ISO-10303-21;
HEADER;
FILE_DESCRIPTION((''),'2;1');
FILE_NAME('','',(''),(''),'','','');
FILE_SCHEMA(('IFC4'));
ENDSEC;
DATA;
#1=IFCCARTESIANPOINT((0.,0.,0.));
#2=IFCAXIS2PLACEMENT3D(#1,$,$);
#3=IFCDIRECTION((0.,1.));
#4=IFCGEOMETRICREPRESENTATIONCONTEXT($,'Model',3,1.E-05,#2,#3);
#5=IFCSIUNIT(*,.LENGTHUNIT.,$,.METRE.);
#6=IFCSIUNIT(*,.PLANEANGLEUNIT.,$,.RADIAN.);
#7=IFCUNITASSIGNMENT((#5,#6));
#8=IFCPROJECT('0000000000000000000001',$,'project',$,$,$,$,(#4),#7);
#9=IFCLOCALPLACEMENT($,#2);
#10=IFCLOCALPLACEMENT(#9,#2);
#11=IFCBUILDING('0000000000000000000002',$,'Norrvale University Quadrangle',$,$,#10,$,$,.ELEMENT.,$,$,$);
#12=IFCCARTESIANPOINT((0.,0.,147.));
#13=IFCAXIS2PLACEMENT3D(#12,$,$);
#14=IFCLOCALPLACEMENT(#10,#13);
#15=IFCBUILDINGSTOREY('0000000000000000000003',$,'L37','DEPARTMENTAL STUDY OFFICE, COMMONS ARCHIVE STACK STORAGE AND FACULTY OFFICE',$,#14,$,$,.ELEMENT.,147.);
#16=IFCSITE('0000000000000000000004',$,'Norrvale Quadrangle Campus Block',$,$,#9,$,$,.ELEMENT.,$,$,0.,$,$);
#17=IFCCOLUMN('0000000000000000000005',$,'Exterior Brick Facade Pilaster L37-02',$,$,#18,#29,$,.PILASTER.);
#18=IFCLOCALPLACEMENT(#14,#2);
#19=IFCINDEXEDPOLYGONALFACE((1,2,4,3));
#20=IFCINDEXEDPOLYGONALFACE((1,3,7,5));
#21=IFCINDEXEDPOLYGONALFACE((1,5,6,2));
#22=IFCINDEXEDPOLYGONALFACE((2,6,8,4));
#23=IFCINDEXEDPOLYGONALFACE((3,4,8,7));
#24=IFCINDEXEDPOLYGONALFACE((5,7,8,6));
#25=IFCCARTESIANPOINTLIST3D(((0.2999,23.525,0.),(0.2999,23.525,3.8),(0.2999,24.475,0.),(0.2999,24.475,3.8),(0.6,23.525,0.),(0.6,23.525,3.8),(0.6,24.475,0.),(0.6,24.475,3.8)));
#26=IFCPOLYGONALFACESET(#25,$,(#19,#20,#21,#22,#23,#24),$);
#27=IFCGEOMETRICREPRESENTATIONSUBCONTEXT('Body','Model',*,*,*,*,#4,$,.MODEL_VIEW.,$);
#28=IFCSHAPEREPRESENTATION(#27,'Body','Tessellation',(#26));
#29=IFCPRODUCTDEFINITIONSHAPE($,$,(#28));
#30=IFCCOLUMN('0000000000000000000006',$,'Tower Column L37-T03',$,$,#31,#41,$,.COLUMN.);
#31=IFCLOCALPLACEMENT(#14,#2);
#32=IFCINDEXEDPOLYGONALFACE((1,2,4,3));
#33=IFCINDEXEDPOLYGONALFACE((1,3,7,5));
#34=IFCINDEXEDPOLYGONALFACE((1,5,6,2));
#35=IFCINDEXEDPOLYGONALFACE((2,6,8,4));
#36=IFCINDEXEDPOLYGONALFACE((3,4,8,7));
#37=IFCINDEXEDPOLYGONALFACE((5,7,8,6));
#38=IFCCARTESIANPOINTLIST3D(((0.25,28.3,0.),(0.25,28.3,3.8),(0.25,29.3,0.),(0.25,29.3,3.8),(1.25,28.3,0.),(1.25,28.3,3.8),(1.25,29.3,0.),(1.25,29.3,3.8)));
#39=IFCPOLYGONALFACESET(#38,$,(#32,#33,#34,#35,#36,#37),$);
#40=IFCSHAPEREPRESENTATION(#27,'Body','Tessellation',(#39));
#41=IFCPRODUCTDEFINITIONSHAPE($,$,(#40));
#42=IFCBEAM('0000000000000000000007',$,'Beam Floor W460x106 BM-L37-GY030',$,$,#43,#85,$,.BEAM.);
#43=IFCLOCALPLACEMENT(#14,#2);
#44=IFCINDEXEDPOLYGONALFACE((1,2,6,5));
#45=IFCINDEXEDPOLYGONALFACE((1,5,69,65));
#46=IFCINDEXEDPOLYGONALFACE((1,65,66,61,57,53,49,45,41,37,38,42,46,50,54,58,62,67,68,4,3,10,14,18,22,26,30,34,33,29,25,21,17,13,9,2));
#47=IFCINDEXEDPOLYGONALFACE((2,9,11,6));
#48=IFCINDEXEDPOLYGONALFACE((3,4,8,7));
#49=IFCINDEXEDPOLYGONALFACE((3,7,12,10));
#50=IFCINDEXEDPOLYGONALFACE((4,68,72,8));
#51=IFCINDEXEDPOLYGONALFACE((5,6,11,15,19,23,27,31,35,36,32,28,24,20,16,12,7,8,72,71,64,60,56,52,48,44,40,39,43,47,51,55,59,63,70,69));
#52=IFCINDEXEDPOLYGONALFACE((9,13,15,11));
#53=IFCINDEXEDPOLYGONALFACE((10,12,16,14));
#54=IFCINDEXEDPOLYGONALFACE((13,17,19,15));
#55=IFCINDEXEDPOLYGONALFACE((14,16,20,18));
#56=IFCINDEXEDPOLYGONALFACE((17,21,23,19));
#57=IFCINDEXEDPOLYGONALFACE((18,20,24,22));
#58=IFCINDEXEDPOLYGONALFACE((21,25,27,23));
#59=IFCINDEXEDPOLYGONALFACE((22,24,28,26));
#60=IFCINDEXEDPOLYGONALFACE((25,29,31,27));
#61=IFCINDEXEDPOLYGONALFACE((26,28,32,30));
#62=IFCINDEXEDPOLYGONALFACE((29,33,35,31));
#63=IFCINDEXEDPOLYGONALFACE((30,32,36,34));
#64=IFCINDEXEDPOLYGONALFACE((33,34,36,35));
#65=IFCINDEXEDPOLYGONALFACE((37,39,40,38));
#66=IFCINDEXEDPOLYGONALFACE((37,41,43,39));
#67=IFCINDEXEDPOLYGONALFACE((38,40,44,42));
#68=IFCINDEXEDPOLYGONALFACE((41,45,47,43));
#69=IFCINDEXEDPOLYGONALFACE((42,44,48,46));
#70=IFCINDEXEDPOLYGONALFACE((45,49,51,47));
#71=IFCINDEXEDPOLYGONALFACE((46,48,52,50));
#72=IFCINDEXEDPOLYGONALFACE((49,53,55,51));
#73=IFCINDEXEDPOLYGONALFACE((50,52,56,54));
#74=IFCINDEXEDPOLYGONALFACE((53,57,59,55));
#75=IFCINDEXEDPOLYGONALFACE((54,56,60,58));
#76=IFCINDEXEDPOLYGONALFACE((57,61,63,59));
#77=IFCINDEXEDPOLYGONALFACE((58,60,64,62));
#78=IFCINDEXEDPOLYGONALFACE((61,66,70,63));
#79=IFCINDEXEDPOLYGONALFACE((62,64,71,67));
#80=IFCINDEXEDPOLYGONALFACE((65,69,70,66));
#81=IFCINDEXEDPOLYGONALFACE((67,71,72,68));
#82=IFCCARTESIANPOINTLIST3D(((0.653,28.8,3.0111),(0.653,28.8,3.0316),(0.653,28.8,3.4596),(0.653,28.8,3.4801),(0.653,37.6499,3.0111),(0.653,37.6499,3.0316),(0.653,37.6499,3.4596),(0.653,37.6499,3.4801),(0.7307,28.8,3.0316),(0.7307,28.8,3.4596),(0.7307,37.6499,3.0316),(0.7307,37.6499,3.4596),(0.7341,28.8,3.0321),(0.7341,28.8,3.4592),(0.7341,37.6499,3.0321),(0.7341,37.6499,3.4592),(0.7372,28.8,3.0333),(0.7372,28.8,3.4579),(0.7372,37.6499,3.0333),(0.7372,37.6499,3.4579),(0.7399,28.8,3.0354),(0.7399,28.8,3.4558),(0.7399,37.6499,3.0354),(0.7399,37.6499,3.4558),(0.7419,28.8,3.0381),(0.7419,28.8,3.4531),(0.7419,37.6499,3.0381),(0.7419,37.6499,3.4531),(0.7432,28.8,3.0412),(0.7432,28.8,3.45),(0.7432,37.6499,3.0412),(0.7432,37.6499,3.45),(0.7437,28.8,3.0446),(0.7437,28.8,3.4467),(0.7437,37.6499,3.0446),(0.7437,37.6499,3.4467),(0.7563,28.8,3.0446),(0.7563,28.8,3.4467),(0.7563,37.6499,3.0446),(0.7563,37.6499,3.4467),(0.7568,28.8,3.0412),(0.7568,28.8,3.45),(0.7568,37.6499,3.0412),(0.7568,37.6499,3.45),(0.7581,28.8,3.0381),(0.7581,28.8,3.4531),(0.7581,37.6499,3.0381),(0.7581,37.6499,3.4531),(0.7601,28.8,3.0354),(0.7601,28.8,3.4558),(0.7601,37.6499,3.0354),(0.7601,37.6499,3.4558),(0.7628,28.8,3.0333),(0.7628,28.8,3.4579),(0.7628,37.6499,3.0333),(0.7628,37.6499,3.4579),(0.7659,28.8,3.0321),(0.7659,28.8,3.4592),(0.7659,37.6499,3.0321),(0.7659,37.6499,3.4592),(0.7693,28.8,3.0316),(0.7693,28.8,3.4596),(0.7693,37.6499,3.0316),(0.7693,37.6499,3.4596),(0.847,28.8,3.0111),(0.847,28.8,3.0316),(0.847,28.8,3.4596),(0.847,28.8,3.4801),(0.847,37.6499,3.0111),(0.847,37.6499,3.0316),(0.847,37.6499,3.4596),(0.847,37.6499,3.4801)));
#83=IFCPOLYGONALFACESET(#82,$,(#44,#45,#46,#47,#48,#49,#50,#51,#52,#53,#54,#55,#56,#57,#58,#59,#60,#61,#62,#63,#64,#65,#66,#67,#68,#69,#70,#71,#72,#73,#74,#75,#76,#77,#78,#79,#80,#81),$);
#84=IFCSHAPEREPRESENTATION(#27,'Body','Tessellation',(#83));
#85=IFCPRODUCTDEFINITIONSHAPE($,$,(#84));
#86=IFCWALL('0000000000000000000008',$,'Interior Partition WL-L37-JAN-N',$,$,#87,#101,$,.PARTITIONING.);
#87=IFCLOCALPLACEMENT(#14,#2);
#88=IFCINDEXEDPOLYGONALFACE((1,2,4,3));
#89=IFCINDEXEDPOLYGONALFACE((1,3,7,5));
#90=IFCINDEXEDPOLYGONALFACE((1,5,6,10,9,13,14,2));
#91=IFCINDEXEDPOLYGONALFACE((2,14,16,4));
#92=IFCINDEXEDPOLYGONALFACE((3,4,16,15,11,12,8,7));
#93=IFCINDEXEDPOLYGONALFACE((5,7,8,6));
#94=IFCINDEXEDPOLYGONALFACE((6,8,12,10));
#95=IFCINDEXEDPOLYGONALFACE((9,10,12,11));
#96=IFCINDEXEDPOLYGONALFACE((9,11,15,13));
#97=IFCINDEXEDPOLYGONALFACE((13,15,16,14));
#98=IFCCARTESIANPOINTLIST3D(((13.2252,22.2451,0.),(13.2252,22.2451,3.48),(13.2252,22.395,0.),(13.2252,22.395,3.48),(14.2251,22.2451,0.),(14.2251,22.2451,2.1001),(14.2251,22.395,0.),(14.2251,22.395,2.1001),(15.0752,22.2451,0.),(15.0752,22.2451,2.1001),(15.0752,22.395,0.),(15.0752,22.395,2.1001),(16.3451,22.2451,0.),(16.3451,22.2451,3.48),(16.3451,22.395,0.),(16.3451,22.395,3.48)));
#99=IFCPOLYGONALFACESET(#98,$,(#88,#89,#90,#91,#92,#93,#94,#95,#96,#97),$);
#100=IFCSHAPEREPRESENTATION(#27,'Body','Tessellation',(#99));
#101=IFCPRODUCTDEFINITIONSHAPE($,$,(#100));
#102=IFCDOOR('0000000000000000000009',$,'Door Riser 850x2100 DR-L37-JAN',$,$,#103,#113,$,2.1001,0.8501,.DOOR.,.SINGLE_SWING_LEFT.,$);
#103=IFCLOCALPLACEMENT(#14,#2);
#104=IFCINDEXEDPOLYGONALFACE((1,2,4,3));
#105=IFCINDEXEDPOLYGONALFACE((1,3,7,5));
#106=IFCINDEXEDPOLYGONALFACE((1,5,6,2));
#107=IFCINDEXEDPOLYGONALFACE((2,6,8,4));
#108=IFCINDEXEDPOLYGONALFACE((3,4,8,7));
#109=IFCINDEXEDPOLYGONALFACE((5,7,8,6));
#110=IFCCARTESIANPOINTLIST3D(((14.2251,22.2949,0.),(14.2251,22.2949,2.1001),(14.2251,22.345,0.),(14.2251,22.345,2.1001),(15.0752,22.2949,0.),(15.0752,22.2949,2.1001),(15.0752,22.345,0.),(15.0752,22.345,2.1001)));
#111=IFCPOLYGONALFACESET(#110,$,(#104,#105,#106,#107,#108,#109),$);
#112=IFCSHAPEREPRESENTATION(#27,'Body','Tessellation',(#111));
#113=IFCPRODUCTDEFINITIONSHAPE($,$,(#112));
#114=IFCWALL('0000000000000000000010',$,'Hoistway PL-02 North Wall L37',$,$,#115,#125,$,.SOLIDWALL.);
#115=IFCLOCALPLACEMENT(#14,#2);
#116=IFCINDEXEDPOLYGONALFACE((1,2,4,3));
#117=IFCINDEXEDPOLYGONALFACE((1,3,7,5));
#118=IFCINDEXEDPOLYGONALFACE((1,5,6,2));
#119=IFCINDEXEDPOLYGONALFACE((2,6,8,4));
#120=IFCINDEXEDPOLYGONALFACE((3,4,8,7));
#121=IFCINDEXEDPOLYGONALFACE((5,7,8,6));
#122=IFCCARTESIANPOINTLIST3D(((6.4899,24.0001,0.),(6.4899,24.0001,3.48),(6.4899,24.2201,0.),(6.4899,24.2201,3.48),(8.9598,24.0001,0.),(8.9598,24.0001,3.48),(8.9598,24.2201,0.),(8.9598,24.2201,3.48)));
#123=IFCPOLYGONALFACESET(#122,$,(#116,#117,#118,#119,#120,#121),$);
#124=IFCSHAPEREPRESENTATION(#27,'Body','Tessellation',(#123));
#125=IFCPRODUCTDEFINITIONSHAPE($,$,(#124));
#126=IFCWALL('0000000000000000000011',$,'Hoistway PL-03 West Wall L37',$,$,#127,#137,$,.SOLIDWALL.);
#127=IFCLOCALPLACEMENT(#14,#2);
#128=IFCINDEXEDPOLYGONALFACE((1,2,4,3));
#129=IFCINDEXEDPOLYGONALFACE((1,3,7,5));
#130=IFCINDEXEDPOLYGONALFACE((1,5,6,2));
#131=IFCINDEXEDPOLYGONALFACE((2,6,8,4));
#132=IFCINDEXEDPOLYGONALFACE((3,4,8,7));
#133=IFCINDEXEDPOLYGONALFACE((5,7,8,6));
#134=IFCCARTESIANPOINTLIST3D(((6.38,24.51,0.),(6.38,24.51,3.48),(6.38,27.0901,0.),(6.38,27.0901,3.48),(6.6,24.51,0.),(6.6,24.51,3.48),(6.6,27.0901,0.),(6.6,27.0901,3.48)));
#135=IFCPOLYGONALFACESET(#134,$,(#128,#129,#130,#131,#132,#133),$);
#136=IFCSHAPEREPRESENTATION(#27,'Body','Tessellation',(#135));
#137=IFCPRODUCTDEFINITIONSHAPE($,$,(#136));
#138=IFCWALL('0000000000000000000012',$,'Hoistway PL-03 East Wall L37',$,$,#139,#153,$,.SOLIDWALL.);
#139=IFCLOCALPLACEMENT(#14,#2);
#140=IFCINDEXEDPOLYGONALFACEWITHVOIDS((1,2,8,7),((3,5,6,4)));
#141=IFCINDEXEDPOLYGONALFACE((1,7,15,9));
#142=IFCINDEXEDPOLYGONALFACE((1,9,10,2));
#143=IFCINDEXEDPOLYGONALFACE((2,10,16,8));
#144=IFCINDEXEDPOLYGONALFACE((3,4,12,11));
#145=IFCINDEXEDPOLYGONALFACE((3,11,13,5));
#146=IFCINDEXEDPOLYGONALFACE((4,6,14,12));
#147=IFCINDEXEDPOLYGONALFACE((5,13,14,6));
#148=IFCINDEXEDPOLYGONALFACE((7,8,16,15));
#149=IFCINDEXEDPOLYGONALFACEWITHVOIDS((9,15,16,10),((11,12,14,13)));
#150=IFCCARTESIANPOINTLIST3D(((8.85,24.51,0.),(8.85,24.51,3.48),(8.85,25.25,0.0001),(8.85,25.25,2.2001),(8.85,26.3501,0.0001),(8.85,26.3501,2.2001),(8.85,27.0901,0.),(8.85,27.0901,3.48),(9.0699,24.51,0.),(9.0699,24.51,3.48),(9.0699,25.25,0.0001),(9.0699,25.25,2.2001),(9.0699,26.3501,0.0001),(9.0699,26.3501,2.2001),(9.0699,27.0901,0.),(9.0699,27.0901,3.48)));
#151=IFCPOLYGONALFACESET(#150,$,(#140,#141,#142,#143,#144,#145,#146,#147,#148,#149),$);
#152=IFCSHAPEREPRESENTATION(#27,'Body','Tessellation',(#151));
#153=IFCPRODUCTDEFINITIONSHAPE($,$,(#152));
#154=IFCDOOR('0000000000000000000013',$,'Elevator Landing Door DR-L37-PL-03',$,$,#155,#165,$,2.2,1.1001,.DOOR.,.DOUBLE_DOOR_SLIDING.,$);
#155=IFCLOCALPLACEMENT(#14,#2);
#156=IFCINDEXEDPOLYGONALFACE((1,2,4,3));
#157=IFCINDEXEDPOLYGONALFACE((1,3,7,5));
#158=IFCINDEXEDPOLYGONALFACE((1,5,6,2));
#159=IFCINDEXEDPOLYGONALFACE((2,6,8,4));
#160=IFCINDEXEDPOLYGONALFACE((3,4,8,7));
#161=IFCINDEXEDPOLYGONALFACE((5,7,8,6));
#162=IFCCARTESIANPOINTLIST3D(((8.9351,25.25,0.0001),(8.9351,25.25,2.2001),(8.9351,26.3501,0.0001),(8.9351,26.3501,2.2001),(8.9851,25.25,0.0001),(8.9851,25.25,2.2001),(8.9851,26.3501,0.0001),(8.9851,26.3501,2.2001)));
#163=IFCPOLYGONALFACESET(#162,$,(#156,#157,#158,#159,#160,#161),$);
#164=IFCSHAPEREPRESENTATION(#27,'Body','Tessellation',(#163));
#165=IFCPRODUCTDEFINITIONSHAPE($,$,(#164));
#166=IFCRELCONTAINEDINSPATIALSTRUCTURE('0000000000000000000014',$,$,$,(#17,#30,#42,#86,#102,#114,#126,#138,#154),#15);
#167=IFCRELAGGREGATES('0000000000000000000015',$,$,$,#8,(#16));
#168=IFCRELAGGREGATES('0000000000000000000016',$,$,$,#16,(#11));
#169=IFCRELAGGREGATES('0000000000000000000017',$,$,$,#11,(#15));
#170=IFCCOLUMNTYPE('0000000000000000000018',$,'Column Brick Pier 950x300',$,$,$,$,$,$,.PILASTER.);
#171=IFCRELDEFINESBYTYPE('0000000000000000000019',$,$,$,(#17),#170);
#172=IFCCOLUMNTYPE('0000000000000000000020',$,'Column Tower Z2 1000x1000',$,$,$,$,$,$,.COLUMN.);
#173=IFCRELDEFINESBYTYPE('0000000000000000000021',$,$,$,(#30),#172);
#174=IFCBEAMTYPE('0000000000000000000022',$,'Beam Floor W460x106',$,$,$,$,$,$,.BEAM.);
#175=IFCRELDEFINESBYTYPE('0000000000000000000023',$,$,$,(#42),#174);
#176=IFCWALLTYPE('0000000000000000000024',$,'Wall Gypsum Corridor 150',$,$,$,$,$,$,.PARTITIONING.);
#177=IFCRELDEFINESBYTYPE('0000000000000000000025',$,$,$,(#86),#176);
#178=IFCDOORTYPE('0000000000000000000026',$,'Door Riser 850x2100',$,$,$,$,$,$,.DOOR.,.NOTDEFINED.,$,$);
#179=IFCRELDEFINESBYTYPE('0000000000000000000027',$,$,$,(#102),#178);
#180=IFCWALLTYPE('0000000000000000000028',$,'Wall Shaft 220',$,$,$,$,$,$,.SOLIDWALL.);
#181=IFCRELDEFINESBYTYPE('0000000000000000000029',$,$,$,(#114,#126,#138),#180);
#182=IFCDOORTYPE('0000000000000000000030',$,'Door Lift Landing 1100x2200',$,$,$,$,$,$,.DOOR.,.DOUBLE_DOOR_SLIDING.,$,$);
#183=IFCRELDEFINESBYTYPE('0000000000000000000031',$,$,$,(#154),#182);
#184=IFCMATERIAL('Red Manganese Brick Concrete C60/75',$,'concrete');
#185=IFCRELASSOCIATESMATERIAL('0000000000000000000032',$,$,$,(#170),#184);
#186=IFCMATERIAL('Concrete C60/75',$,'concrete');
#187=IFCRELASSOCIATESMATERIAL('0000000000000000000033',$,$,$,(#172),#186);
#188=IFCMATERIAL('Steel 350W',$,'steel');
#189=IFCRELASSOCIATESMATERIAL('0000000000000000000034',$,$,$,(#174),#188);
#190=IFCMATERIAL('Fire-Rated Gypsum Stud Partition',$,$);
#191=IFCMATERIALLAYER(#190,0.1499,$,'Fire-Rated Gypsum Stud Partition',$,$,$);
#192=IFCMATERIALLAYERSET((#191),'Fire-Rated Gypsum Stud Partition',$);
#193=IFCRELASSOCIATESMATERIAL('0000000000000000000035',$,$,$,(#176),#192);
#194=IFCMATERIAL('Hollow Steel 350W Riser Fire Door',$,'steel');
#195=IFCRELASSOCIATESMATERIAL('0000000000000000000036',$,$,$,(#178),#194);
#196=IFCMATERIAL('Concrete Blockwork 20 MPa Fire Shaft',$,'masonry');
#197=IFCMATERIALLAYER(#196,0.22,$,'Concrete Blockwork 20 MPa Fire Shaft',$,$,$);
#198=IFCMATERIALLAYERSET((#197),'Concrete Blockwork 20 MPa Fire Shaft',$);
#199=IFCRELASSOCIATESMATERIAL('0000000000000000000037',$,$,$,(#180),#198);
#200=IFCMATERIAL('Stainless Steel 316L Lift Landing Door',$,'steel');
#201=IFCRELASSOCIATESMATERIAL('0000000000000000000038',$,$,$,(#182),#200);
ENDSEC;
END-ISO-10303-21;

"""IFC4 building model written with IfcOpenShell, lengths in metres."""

from ifc_helpers import new_model, si_unit, direction, frame, frame_2d, origin, origin_2d, place, context, subcontext, project, spatial, rectangle, i_section, extrude, material, layer, layer_set, material_profile, profile_set, type_object, element, fill, save


model = new_model("IFC4")

# Units and contexts
model_context = context("Model", 3, precision=1e-05, world=origin(), true_north=direction((0.0, 1.0)))
body_context = subcontext(model_context, "Body", "Model", "MODEL_VIEW")
ifc_project = project(units=[si_unit("LENGTHUNIT", "METRE"), si_unit("PLANEANGLEUNIT", "RADIAN")], contexts=[model_context])

# Site, building, storey
site_placement = place(None, origin())
site = spatial("IfcSite", under=ifc_project, at=site_placement, Name="Norrvale Quadrangle Campus Block", CompositionType="ELEMENT", RefElevation=0.0)
building_placement = place(site_placement, origin())
building = spatial("IfcBuilding", under=site, at=building_placement, Name="Norrvale University Quadrangle", CompositionType="ELEMENT")
storey_placement = place(building_placement, frame((0.0, 0.0, 147.0)))
storey = spatial("IfcBuildingStorey", under=building, at=storey_placement, Name="L37", Description="DEPARTMENTAL STUDY OFFICE, COMMONS ARCHIVE STACK STORAGE AND FACULTY OFFICE", CompositionType="ELEMENT", Elevation=147.0)

# Columns
ifc_material_1 = material(Name="Red Manganese Brick Concrete C60/75", Category="concrete")
ifc_material_profile_1 = material_profile(ifc_material_1, rectangle(XDim=0.95, YDim=0.3, at=origin_2d()), Name="Red Manganese Brick Concrete C60/75")
ifc_profile_set_1 = profile_set([ifc_material_profile_1], Name="Red Manganese Brick Concrete C60/75")
column_type_1 = type_object("IfcColumnType", Name="Column Brick Pier 950x300", PredefinedType="PILASTER", material=ifc_profile_set_1)
column_1_placement = place(storey_placement, frame((0.45, 24.0, 0.0), z_axis=(0.0, 0.0, 1.0), x_axis=(0.0, 1.0, 0.0)))
element("IfcColumn", 1, at=column_1_placement, inside=storey, type_object=column_type_1, Name="Exterior Brick Facade Pilaster L37-02", PredefinedType="PILASTER", context=body_context, shape_type="SweptSolid", body=[
    extrude(rectangle(XDim=0.95, YDim=0.3, at=origin_2d()), origin(), (0.0, 0.0, 1.0), 3.8),
])
ifc_material_2 = material(Name="Concrete C60/75", Category="concrete")
ifc_material_profile_2 = material_profile(ifc_material_2, rectangle(XDim=1.0, YDim=1.0, at=origin_2d()), Name="Concrete C60/75")
ifc_profile_set_2 = profile_set([ifc_material_profile_2], Name="Concrete C60/75")
column_type_2 = type_object("IfcColumnType", Name="Column Tower Z2 1000x1000", PredefinedType="COLUMN", material=ifc_profile_set_2)
column_2_placement = place(storey_placement, frame((0.75, 28.8, 0.0), z_axis=(0.0, 0.0, 1.0), x_axis=(1.0, 0.0, 0.0)))
element("IfcColumn", 2, at=column_2_placement, inside=storey, type_object=column_type_2, Name="Tower Column L37-T03", PredefinedType="COLUMN", context=body_context, shape_type="SweptSolid", body=[
    extrude(rectangle(XDim=1.0, YDim=1.0, at=origin_2d()), origin(), (0.0, 0.0, 1.0), 3.8),
])

# Beam
ifc_material_3 = material(Name="Steel 350W", Category="steel")
ifc_material_profile_3 = material_profile(ifc_material_3, i_section(OverallWidth=0.1941, OverallDepth=0.469, WebThickness=0.0127, FlangeThickness=0.0205, FilletRadius=0.0129, at=origin_2d()), Name="Steel 350W")
ifc_profile_set_3 = profile_set([ifc_material_profile_3], Name="Steel 350W")
beam_type = type_object("IfcBeamType", Name="Beam Floor W460x106", PredefinedType="BEAM", material=ifc_profile_set_3)
beam_placement = place(storey_placement, frame((0.75, 28.8, 3.2456), z_axis=(0.0, 1.0, 0.0), x_axis=(-1.0, 0.0, 0.0)))
element("IfcBeam", 3, at=beam_placement, inside=storey, type_object=beam_type, Name="Beam Floor W460x106 BM-L37-GY030", PredefinedType="BEAM", context=body_context, shape_type="SweptSolid", body=[
    extrude(i_section(OverallWidth=0.1941, OverallDepth=0.469, WebThickness=0.0127, FlangeThickness=0.0205, FilletRadius=0.0129, at=origin_2d()), origin(), (0.0, 0.0, 1.0), 8.8499),
])

# Wall, opening, door
ifc_material_4 = material(Name="Fire-Rated Gypsum Stud Partition")
ifc_layer_1 = layer(ifc_material_4, 0.1499, Name="Fire-Rated Gypsum Stud Partition")
ifc_layer_set_1 = layer_set([ifc_layer_1], Name="Fire-Rated Gypsum Stud Partition")
wall_type_1 = type_object("IfcWallType", Name="Wall Gypsum Corridor 150", PredefinedType="PARTITIONING", material=ifc_layer_set_1)
wall_1_placement = place(storey_placement, frame((13.2251, 22.3201, 0.0), z_axis=(0.0, 0.0, 1.0), x_axis=(1.0, 0.0, 0.0)))
wall_1 = element("IfcWall", 4, at=wall_1_placement, inside=storey, type_object=wall_type_1, Name="Interior Partition WL-L37-JAN-N", PredefinedType="PARTITIONING", context=body_context, shape_type="SweptSolid", body=[
    extrude(rectangle(XDim=3.1199, YDim=0.1499, at=frame_2d((1.5601, 0.0))), origin(), (0.0, 0.0, 1.0), 3.48),
])
opening_1_placement = place(wall_1_placement, frame((1.0, 0.0, 0.0)))
opening_1 = element("IfcOpeningElement", 5, at=opening_1_placement, cuts=wall_1, PredefinedType="OPENING", context=body_context, shape_type="SweptSolid", body=[
    extrude(rectangle(XDim=0.8501, YDim=2.1001, at=frame_2d((0.425, 1.05))), frame((0.0, 0.0869, 0.0), z_axis=(0.0, -1.0, 0.0), x_axis=(1.0, 0.0, 0.0)), (0.0, 0.0, 1.0), 0.1738),
])
ifc_material_5 = material(Name="Hollow Steel 350W Riser Fire Door", Category="steel")
door_type_1 = type_object("IfcDoorType", Name="Door Riser 850x2100", OperationType="NOTDEFINED", PredefinedType="DOOR", material=ifc_material_5)
door_1_placement = place(opening_1_placement, origin())
door_1 = element("IfcDoor", 6, at=door_1_placement, inside=storey, type_object=door_type_1, Name="Door Riser 850x2100 DR-L37-JAN", OperationType="SINGLE_SWING_LEFT", OverallHeight=2.1001, OverallWidth=0.8501, PredefinedType="DOOR", context=body_context, shape_type="SweptSolid", body=[
    extrude(rectangle(XDim=0.8501, YDim=2.1001, at=frame_2d((0.425, 1.05))), frame((0.0, 0.0249, 0.0), z_axis=(0.0, -1.0, 0.0), x_axis=(1.0, 0.0, 0.0)), (0.0, 0.0, 1.0), 0.05),
])
fill(opening_1, door_1)

# Walls
ifc_material_6 = material(Name="Concrete Blockwork 20 MPa Fire Shaft", Category="masonry")
ifc_layer_2 = layer(ifc_material_6, 0.22, Name="Concrete Blockwork 20 MPa Fire Shaft")
ifc_layer_set_2 = layer_set([ifc_layer_2], Name="Concrete Blockwork 20 MPa Fire Shaft")
wall_type_2 = type_object("IfcWallType", Name="Wall Shaft 220", PredefinedType="SOLIDWALL", material=ifc_layer_set_2)
wall_2_placement = place(storey_placement, frame((6.49, 24.1101, 0.0), z_axis=(0.0, 0.0, 1.0), x_axis=(1.0, 0.0, 0.0)))
element("IfcWall", 7, at=wall_2_placement, inside=storey, type_object=wall_type_2, Name="Hoistway PL-02 North Wall L37", PredefinedType="SOLIDWALL", context=body_context, shape_type="SweptSolid", body=[
    extrude(rectangle(XDim=2.47, YDim=0.22, at=frame_2d((1.2349, 0.0))), origin(), (0.0, 0.0, 1.0), 3.48),
])
wall_3_placement = place(storey_placement, frame((6.49, 24.51, 0.0), z_axis=(0.0, 0.0, 1.0), x_axis=(0.0, 1.0, 0.0)))
element("IfcWall", 8, at=wall_3_placement, inside=storey, type_object=wall_type_2, Name="Hoistway PL-03 West Wall L37", PredefinedType="SOLIDWALL", context=body_context, shape_type="SweptSolid", body=[
    extrude(rectangle(XDim=2.5801, YDim=0.22, at=frame_2d((1.29, 0.0))), origin(), (0.0, 0.0, 1.0), 3.48),
])

# Wall, opening, door
wall_4_placement = place(storey_placement, frame((8.96, 24.51, 0.0), z_axis=(0.0, 0.0, 1.0), x_axis=(0.0, 1.0, 0.0)))
wall_4 = element("IfcWall", 9, at=wall_4_placement, inside=storey, type_object=wall_type_2, Name="Hoistway PL-03 East Wall L37", PredefinedType="SOLIDWALL", context=body_context, shape_type="SweptSolid", body=[
    extrude(rectangle(XDim=2.5801, YDim=0.22, at=frame_2d((1.29, 0.0))), origin(), (0.0, 0.0, 1.0), 3.48),
])
opening_2_placement = place(wall_4_placement, frame((0.74, 0.0, 0.0)))
opening_2 = element("IfcOpeningElement", 10, at=opening_2_placement, cuts=wall_4, PredefinedType="OPENING", context=body_context, shape_type="SweptSolid", body=[
    extrude(rectangle(XDim=1.1001, YDim=2.2, at=frame_2d((0.55, 1.1001))), frame((0.0, 0.1221, 0.0), z_axis=(0.0, -1.0, 0.0), x_axis=(1.0, 0.0, 0.0)), (0.0, 0.0, 1.0), 0.2439),
])
ifc_material_7 = material(Name="Stainless Steel 316L Lift Landing Door", Category="steel")
door_type_2 = type_object("IfcDoorType", Name="Door Lift Landing 1100x2200", OperationType="DOUBLE_DOOR_SLIDING", PredefinedType="DOOR", material=ifc_material_7)
door_2_placement = place(opening_2_placement, origin())
door_2 = element("IfcDoor", 11, at=door_2_placement, inside=storey, type_object=door_type_2, Name="Elevator Landing Door DR-L37-PL-03", OperationType="DOUBLE_DOOR_SLIDING", OverallHeight=2.2, OverallWidth=1.1001, PredefinedType="DOOR", context=body_context, shape_type="SweptSolid", body=[
    extrude(rectangle(XDim=1.1001, YDim=2.2, at=frame_2d((0.55, 1.1001))), frame((0.0, 0.0249, 0.0), z_axis=(0.0, -1.0, 0.0), x_axis=(1.0, 0.0, 0.0)), (0.0, 0.0, 1.0), 0.05),
])
fill(opening_2, door_2)

save(model, "model.ifc")
